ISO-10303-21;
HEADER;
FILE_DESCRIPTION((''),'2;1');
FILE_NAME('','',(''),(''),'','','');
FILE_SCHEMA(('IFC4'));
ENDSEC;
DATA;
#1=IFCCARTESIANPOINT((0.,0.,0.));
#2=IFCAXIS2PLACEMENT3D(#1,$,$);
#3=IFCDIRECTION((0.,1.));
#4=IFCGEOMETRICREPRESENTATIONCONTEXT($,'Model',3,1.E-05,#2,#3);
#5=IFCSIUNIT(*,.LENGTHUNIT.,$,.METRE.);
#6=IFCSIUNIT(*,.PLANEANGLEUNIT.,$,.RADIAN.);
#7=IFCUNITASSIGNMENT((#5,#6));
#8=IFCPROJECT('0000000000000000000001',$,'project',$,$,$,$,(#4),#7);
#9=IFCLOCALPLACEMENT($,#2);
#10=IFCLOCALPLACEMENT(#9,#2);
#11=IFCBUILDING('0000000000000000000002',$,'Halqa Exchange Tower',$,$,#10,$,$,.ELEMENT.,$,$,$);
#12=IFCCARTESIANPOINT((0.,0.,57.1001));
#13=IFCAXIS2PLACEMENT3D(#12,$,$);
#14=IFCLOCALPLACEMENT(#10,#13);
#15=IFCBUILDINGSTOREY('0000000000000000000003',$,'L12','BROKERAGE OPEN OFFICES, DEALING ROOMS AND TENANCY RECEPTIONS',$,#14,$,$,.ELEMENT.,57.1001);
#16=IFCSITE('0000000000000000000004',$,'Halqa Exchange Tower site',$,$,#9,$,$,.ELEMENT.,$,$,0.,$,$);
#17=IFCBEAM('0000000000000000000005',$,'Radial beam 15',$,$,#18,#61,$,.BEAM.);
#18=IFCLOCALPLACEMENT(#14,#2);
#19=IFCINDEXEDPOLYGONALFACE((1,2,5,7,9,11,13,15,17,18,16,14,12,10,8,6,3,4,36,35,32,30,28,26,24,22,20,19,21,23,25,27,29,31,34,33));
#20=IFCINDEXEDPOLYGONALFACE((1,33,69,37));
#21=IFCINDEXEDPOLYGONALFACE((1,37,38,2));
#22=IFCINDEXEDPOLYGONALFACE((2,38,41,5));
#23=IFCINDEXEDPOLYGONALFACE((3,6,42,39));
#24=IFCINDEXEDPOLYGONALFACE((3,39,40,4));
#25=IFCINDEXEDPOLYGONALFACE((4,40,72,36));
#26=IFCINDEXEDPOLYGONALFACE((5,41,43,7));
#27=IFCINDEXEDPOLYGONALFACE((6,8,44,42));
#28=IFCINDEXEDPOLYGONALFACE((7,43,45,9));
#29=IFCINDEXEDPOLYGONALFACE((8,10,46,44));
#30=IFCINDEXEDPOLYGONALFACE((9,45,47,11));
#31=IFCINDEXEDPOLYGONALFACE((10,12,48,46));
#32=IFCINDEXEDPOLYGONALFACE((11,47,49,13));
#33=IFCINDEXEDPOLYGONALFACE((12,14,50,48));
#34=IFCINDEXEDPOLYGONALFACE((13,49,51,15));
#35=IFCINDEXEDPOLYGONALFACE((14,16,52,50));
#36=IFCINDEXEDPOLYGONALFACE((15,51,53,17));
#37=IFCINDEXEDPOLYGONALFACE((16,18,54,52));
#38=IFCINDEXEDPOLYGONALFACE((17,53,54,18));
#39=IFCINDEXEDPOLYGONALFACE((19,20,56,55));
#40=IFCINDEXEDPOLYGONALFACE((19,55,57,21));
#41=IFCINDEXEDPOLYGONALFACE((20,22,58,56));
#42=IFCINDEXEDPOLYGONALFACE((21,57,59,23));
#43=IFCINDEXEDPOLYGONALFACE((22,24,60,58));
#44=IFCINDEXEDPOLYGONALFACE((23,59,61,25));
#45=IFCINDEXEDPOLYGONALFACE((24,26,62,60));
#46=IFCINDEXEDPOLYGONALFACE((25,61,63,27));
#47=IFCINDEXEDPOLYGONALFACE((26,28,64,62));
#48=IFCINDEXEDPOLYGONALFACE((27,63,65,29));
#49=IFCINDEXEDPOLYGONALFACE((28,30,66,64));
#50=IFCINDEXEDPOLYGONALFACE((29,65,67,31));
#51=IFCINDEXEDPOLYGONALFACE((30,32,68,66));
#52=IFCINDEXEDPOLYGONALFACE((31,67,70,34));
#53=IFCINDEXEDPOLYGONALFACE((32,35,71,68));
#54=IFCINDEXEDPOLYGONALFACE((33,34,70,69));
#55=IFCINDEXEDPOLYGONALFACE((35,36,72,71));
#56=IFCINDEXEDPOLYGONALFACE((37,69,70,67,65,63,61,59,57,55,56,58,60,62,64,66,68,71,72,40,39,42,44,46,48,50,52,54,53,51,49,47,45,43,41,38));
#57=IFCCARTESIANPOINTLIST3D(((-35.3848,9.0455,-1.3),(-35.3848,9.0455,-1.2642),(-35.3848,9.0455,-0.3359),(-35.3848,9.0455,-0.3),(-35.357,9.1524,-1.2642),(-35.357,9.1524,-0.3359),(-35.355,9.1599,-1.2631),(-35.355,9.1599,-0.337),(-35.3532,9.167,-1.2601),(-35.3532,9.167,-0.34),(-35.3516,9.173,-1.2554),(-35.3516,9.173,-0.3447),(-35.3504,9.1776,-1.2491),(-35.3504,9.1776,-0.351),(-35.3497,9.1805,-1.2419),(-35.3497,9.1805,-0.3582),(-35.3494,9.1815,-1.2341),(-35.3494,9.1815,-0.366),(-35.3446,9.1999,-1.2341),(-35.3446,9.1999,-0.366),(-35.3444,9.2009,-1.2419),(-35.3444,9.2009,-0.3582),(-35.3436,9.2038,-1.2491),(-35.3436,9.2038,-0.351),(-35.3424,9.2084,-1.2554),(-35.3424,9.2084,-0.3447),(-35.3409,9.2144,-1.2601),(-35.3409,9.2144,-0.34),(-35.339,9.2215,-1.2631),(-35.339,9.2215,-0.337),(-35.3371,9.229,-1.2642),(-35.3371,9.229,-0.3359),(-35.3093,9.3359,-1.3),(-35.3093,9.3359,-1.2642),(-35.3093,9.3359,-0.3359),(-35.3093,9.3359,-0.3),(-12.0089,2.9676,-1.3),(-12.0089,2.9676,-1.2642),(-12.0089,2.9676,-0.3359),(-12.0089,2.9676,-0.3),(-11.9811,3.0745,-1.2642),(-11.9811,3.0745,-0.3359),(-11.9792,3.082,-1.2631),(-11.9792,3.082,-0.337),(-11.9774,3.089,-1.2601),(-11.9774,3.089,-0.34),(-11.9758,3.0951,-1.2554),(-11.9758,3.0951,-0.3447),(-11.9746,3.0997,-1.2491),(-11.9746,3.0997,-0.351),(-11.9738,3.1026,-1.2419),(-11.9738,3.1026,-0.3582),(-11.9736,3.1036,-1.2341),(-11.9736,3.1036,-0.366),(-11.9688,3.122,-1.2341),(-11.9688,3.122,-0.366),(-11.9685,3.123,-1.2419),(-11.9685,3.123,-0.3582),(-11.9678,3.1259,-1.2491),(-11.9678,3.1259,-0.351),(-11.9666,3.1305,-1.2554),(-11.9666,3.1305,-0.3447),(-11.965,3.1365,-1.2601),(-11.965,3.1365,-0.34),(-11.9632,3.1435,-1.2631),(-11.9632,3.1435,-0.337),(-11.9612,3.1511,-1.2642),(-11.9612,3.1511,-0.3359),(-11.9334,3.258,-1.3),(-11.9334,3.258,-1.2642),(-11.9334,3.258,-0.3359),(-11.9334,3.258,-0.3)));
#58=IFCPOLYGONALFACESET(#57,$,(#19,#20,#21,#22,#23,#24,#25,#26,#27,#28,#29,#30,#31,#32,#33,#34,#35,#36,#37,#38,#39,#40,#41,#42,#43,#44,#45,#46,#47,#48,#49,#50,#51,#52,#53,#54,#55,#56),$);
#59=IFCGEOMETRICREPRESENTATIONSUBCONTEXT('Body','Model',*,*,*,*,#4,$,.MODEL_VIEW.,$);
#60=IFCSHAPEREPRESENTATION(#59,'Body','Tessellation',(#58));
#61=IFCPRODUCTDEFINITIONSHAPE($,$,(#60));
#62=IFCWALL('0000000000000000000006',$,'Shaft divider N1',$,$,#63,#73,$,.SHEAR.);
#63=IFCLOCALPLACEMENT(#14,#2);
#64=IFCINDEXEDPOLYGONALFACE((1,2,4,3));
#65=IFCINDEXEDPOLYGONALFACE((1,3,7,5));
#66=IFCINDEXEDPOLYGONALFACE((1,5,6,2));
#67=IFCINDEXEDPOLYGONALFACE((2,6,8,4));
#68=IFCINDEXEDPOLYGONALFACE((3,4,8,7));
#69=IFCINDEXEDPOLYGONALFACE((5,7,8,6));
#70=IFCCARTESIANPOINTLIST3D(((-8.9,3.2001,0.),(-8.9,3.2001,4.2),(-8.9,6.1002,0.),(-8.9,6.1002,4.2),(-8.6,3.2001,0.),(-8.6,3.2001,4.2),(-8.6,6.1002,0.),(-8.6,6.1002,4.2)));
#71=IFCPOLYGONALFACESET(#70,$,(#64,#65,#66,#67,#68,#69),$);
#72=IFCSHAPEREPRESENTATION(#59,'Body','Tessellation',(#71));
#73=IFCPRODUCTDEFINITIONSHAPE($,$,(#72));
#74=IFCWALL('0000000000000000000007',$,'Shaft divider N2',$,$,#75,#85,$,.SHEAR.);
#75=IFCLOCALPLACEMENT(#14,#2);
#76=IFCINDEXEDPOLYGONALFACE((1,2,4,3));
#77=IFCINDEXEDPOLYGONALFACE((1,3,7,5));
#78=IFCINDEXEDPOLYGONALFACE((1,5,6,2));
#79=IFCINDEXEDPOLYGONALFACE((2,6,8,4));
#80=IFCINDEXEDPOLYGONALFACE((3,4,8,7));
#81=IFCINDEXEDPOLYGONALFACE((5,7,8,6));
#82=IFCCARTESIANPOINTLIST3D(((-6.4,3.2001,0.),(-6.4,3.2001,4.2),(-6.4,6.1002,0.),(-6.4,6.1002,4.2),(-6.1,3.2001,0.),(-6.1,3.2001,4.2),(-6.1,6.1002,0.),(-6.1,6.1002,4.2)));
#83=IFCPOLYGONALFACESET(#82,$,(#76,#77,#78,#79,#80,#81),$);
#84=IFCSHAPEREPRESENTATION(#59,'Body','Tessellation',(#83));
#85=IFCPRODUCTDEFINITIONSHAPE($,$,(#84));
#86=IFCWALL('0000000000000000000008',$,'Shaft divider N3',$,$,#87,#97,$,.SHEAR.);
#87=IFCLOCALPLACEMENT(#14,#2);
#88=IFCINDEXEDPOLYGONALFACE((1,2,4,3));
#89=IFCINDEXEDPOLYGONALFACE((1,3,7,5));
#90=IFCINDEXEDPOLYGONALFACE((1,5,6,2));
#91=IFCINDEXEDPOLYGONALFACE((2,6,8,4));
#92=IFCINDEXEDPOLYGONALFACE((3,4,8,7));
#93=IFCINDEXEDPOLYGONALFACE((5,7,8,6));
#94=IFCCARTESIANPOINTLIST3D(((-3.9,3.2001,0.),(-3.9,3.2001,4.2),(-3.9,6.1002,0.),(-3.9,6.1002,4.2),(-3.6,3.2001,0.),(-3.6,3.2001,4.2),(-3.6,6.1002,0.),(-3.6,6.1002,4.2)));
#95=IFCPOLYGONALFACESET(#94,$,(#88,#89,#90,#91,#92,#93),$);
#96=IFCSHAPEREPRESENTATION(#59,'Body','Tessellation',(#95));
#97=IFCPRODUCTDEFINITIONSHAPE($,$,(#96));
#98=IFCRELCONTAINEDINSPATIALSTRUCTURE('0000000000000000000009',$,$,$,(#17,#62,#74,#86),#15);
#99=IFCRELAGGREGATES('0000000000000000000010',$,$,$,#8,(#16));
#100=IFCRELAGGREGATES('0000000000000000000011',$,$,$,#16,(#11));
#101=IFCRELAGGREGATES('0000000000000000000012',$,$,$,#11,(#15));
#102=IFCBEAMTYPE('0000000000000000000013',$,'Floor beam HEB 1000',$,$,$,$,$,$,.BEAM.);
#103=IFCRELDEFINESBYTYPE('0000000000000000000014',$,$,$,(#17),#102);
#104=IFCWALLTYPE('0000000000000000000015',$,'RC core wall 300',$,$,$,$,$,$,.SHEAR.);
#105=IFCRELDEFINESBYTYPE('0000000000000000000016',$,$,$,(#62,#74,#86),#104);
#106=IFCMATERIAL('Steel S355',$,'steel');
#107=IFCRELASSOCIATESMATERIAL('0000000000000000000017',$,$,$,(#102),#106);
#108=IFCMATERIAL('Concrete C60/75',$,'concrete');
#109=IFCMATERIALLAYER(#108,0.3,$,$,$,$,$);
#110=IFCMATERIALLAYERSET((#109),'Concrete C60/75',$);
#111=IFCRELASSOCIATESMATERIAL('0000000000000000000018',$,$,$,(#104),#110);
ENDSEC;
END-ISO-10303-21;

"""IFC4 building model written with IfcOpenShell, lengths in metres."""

from ifc_helpers import new_model, si_unit, direction, frame, frame_2d, origin, origin_2d, place, context, subcontext, project, spatial, rectangle, i_section, extrude, material, layer, layer_set, material_profile, profile_set, type_object, element, save


model = new_model("IFC4")

# Units and contexts
model_context = context("Model", 3, precision=1e-05, world=origin(), true_north=direction((0.0, 1.0)))
body_context = subcontext(model_context, "Body", "Model", "MODEL_VIEW")
ifc_project = project(units=[si_unit("LENGTHUNIT", "METRE"), si_unit("PLANEANGLEUNIT", "RADIAN")], contexts=[model_context])

# Site, building, storey
site_placement = place(None, origin())
site = spatial("IfcSite", under=ifc_project, at=site_placement, Name="Halqa Exchange Tower site", CompositionType="ELEMENT", RefElevation=0.0)
building_placement = place(site_placement, origin())
building = spatial("IfcBuilding", under=site, at=building_placement, Name="Halqa Exchange Tower", CompositionType="ELEMENT")
storey_placement = place(building_placement, frame((0.0, 0.0, 57.1001)))
storey = spatial("IfcBuildingStorey", under=building, at=storey_placement, Name="L12", Description="BROKERAGE OPEN OFFICES, DEALING ROOMS AND TENANCY RECEPTIONS", CompositionType="ELEMENT", Elevation=57.1001)

# Beam
ifc_material_1 = material(Name="Steel S355", Category="steel")
ifc_material_profile = material_profile(ifc_material_1, i_section(OverallWidth=0.3, OverallDepth=1.0, WebThickness=0.019, FlangeThickness=0.0359, FilletRadius=0.03, at=origin_2d()), Name="HEB 1000")
ifc_profile_set = profile_set([ifc_material_profile], Name="Steel S355")
beam_type = type_object("IfcBeamType", Name="Floor beam HEB 1000", PredefinedType="BEAM", material=ifc_profile_set)
beam_placement = place(storey_placement, frame((-11.9712, 3.1128, -0.8), z_axis=(-0.967821, 0.251641, 0.0), x_axis=(-0.251641, -0.967821, 0.0)))
element("IfcBeam", 1, at=beam_placement, inside=storey, type_object=beam_type, Name="Radial beam 15", PredefinedType="BEAM", context=body_context, shape_type="SweptSolid", body=[
    extrude(i_section(OverallWidth=0.3, OverallDepth=1.0, WebThickness=0.019, FlangeThickness=0.0359, FilletRadius=0.03, at=origin_2d()), origin(), (0.0, 0.0, 1.0), 24.1531),
])

# Walls
ifc_material_2 = material(Name="Concrete C60/75", Category="concrete")
ifc_layer_1 = layer(ifc_material_2, 0.3)
ifc_layer_set_1 = layer_set([ifc_layer_1], Name="Concrete C60/75")
wall_type_1 = type_object("IfcWallType", Name="RC core wall 300", PredefinedType="SHEAR", material=ifc_layer_set_1)
for number, where, z_axis, x_axis, name in (
    (2, (-8.75, 3.2, 0.0), (0.0, 0.0, 1.0), (0.0, 1.0, 0.0), "Shaft divider N1"),
    (3, (-6.25, 3.2, 0.0), (0.0, 0.0, 1.0), (0.0, 1.0, 0.0), "Shaft divider N2"),
    (4, (-3.75, 3.2, 0.0), (0.0, 0.0, 1.0), (0.0, 1.0, 0.0), "Shaft divider N3"),
):
    element("IfcWall", number, at=place(storey_placement, frame(where, z_axis=z_axis, x_axis=x_axis)), inside=storey, type_object=wall_type_1, Name=name, PredefinedType="SHEAR", context=body_context, shape_type="SweptSolid", body=[
        extrude(rectangle(XDim=2.9001, YDim=0.3, at=frame_2d((1.4502, 0.0))), origin(), (0.0, 0.0, 1.0), 4.2),
    ])

save(model, "model.ifc")
